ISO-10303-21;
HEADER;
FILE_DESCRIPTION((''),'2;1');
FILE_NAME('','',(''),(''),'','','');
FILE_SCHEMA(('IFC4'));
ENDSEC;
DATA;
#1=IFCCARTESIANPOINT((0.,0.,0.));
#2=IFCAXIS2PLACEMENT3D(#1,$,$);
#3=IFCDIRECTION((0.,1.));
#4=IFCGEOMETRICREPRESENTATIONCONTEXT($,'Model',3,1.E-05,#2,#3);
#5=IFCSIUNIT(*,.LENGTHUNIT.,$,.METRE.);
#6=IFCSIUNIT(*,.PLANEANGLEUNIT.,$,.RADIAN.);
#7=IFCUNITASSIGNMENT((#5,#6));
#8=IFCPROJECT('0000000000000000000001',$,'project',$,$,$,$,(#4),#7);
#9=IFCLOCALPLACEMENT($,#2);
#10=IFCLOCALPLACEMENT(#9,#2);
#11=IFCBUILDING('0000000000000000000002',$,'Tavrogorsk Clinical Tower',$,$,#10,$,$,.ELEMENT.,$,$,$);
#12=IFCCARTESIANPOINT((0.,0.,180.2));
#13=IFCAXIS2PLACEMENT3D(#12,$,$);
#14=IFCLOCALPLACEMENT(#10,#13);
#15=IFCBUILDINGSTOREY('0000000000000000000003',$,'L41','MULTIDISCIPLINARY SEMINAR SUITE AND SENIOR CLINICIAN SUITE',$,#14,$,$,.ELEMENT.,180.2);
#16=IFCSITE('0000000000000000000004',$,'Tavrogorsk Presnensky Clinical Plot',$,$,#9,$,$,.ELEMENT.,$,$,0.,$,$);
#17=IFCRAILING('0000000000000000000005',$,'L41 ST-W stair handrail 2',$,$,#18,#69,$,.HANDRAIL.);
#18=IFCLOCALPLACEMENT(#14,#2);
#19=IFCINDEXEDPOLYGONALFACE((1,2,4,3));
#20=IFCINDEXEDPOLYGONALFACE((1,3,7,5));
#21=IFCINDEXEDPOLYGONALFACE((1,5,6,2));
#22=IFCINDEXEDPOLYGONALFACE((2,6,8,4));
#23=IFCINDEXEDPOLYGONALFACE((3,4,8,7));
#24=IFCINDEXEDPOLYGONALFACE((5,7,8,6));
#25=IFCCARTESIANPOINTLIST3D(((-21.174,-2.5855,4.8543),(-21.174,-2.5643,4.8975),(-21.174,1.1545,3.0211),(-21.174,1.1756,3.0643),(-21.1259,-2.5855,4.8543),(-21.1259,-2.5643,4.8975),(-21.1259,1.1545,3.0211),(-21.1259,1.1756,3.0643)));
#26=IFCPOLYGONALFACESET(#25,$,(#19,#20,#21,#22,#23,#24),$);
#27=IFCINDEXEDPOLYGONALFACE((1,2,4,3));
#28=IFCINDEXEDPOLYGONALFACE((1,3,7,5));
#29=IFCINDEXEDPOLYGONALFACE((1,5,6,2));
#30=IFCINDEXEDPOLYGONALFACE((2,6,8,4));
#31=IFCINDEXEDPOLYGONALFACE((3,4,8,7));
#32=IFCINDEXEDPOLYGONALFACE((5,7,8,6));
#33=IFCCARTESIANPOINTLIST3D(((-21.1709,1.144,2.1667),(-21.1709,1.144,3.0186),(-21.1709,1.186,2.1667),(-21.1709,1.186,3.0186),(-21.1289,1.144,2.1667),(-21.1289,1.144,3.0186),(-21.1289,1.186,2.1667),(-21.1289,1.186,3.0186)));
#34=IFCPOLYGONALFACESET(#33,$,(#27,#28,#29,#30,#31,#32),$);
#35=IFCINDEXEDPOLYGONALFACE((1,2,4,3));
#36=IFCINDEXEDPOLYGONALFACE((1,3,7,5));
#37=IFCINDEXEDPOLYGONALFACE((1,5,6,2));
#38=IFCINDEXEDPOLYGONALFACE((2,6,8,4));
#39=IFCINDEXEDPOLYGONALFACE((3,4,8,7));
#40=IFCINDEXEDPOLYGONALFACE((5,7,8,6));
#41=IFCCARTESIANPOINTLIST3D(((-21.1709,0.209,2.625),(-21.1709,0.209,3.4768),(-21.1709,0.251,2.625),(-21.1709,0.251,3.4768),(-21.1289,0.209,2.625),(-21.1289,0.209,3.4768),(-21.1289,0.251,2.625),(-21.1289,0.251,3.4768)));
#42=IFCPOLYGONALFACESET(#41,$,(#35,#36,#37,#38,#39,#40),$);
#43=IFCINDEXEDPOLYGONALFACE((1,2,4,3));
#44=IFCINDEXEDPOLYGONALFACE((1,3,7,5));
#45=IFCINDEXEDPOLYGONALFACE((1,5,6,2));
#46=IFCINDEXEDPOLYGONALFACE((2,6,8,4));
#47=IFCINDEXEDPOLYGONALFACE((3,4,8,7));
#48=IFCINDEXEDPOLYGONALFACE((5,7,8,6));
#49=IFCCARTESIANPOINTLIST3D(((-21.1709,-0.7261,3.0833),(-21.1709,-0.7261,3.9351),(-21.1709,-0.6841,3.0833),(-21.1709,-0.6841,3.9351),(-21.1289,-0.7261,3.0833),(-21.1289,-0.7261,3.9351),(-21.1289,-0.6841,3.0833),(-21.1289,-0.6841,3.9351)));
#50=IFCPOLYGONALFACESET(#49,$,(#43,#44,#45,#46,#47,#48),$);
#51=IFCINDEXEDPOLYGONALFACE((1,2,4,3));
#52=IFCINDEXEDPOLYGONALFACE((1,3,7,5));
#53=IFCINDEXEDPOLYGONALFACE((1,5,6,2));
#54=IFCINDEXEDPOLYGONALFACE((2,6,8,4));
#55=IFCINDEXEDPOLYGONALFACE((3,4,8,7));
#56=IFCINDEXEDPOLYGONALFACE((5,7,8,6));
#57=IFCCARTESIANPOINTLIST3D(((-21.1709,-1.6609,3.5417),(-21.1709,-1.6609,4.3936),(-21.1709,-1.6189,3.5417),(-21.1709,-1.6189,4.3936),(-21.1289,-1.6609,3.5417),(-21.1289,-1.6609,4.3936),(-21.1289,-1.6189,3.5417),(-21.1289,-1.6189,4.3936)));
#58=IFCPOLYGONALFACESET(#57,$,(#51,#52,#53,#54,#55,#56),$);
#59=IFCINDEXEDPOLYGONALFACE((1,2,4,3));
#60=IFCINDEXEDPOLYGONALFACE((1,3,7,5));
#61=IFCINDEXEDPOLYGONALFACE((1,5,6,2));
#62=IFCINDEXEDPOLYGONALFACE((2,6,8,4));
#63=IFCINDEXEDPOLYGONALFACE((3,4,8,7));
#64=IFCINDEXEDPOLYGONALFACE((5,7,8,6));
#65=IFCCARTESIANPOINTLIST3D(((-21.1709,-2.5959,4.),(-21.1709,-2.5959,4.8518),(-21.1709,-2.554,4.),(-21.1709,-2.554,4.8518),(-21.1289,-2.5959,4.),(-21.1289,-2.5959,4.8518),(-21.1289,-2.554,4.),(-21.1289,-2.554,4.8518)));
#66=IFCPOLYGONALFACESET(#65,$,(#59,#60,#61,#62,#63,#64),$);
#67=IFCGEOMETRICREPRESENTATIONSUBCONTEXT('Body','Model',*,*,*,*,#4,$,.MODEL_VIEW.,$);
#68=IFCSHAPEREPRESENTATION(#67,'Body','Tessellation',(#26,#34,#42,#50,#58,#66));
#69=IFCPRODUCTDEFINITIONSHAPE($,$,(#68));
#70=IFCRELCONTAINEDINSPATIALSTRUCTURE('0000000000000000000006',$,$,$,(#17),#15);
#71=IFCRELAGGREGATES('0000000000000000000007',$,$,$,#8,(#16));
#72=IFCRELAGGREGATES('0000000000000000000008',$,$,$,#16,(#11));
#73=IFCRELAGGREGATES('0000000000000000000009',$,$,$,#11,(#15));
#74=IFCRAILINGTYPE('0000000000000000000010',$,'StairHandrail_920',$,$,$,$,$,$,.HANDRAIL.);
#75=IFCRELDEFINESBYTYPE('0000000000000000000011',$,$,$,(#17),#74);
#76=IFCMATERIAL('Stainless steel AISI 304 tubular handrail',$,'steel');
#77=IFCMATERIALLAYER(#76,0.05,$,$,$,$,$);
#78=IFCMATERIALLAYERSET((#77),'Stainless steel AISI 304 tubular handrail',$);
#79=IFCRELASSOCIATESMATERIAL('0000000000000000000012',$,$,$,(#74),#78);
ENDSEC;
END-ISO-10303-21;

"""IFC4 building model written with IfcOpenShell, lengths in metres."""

from ifc_helpers import new_model, si_unit, direction, frame, origin, origin_2d, place, context, subcontext, project, spatial, rectangle, extrude, material, layer, layer_set, type_object, element, save


model = new_model("IFC4")

# Units and contexts
model_context = context("Model", 3, precision=1e-05, world=origin(), true_north=direction((0.0, 1.0)))
body_context = subcontext(model_context, "Body", "Model", "MODEL_VIEW")
ifc_project = project(units=[si_unit("LENGTHUNIT", "METRE"), si_unit("PLANEANGLEUNIT", "RADIAN")], contexts=[model_context])

# Site, building, storey
site_placement = place(None, origin())
site = spatial("IfcSite", under=ifc_project, at=site_placement, Name="Tavrogorsk Presnensky Clinical Plot", CompositionType="ELEMENT", RefElevation=0.0)
building_placement = place(site_placement, origin())
building = spatial("IfcBuilding", under=site, at=building_placement, Name="Tavrogorsk Clinical Tower", CompositionType="ELEMENT")
storey_placement = place(building_placement, frame((0.0, 0.0, 180.2)))
storey = spatial("IfcBuildingStorey", under=building, at=storey_placement, Name="L41", Description="MULTIDISCIPLINARY SEMINAR SUITE AND SENIOR CLINICIAN SUITE", CompositionType="ELEMENT", Elevation=180.2)

# Railing
ifc_material_1 = material(Name="Stainless steel AISI 304 tubular handrail", Category="steel")
ifc_layer_1 = layer(ifc_material_1, 0.05)
ifc_layer_set_1 = layer_set([ifc_layer_1], Name="Stainless steel AISI 304 tubular handrail")
railing_type_1 = type_object("IfcRailingType", Name="StairHandrail_920", PredefinedType="HANDRAIL", material=ifc_layer_set_1)
railing_1_placement = place(storey_placement, frame((-21.1499, 1.165, 2.1667)))
element("IfcRailing", 1, at=railing_1_placement, inside=storey, type_object=railing_type_1, Name="L41 ST-W stair handrail 2", PredefinedType="HANDRAIL", context=body_context, shape_type="SweptSolid", body=[
    extrude(rectangle(XDim=0.0481, YDim=0.0481, at=origin_2d()), frame((0.0, 0.0, 0.876), z_axis=(0.0, -0.897928, 0.440142), x_axis=(1.0, 0.0, 0.0)), (0.0, 0.0, 1.0), 4.165),
    extrude(rectangle(XDim=0.042, YDim=0.042, at=origin_2d()), origin(), (0.0, 0.0, 1.0), 0.8518),
    extrude(rectangle(XDim=0.042, YDim=0.042, at=origin_2d()), frame((0.0, -0.9351, 0.4583)), (0.0, 0.0, 1.0), 0.8518),
    extrude(rectangle(XDim=0.042, YDim=0.042, at=origin_2d()), frame((0.0, -1.8701, 0.9165)), (0.0, 0.0, 1.0), 0.8518),
    extrude(rectangle(XDim=0.042, YDim=0.042, at=origin_2d()), frame((0.0, -2.8049, 1.375)), (0.0, 0.0, 1.0), 0.8518),
    extrude(rectangle(XDim=0.042, YDim=0.042, at=origin_2d()), frame((0.0, -3.74, 1.8333)), (0.0, 0.0, 1.0), 0.8518),
])

save(model, "model.ifc")
